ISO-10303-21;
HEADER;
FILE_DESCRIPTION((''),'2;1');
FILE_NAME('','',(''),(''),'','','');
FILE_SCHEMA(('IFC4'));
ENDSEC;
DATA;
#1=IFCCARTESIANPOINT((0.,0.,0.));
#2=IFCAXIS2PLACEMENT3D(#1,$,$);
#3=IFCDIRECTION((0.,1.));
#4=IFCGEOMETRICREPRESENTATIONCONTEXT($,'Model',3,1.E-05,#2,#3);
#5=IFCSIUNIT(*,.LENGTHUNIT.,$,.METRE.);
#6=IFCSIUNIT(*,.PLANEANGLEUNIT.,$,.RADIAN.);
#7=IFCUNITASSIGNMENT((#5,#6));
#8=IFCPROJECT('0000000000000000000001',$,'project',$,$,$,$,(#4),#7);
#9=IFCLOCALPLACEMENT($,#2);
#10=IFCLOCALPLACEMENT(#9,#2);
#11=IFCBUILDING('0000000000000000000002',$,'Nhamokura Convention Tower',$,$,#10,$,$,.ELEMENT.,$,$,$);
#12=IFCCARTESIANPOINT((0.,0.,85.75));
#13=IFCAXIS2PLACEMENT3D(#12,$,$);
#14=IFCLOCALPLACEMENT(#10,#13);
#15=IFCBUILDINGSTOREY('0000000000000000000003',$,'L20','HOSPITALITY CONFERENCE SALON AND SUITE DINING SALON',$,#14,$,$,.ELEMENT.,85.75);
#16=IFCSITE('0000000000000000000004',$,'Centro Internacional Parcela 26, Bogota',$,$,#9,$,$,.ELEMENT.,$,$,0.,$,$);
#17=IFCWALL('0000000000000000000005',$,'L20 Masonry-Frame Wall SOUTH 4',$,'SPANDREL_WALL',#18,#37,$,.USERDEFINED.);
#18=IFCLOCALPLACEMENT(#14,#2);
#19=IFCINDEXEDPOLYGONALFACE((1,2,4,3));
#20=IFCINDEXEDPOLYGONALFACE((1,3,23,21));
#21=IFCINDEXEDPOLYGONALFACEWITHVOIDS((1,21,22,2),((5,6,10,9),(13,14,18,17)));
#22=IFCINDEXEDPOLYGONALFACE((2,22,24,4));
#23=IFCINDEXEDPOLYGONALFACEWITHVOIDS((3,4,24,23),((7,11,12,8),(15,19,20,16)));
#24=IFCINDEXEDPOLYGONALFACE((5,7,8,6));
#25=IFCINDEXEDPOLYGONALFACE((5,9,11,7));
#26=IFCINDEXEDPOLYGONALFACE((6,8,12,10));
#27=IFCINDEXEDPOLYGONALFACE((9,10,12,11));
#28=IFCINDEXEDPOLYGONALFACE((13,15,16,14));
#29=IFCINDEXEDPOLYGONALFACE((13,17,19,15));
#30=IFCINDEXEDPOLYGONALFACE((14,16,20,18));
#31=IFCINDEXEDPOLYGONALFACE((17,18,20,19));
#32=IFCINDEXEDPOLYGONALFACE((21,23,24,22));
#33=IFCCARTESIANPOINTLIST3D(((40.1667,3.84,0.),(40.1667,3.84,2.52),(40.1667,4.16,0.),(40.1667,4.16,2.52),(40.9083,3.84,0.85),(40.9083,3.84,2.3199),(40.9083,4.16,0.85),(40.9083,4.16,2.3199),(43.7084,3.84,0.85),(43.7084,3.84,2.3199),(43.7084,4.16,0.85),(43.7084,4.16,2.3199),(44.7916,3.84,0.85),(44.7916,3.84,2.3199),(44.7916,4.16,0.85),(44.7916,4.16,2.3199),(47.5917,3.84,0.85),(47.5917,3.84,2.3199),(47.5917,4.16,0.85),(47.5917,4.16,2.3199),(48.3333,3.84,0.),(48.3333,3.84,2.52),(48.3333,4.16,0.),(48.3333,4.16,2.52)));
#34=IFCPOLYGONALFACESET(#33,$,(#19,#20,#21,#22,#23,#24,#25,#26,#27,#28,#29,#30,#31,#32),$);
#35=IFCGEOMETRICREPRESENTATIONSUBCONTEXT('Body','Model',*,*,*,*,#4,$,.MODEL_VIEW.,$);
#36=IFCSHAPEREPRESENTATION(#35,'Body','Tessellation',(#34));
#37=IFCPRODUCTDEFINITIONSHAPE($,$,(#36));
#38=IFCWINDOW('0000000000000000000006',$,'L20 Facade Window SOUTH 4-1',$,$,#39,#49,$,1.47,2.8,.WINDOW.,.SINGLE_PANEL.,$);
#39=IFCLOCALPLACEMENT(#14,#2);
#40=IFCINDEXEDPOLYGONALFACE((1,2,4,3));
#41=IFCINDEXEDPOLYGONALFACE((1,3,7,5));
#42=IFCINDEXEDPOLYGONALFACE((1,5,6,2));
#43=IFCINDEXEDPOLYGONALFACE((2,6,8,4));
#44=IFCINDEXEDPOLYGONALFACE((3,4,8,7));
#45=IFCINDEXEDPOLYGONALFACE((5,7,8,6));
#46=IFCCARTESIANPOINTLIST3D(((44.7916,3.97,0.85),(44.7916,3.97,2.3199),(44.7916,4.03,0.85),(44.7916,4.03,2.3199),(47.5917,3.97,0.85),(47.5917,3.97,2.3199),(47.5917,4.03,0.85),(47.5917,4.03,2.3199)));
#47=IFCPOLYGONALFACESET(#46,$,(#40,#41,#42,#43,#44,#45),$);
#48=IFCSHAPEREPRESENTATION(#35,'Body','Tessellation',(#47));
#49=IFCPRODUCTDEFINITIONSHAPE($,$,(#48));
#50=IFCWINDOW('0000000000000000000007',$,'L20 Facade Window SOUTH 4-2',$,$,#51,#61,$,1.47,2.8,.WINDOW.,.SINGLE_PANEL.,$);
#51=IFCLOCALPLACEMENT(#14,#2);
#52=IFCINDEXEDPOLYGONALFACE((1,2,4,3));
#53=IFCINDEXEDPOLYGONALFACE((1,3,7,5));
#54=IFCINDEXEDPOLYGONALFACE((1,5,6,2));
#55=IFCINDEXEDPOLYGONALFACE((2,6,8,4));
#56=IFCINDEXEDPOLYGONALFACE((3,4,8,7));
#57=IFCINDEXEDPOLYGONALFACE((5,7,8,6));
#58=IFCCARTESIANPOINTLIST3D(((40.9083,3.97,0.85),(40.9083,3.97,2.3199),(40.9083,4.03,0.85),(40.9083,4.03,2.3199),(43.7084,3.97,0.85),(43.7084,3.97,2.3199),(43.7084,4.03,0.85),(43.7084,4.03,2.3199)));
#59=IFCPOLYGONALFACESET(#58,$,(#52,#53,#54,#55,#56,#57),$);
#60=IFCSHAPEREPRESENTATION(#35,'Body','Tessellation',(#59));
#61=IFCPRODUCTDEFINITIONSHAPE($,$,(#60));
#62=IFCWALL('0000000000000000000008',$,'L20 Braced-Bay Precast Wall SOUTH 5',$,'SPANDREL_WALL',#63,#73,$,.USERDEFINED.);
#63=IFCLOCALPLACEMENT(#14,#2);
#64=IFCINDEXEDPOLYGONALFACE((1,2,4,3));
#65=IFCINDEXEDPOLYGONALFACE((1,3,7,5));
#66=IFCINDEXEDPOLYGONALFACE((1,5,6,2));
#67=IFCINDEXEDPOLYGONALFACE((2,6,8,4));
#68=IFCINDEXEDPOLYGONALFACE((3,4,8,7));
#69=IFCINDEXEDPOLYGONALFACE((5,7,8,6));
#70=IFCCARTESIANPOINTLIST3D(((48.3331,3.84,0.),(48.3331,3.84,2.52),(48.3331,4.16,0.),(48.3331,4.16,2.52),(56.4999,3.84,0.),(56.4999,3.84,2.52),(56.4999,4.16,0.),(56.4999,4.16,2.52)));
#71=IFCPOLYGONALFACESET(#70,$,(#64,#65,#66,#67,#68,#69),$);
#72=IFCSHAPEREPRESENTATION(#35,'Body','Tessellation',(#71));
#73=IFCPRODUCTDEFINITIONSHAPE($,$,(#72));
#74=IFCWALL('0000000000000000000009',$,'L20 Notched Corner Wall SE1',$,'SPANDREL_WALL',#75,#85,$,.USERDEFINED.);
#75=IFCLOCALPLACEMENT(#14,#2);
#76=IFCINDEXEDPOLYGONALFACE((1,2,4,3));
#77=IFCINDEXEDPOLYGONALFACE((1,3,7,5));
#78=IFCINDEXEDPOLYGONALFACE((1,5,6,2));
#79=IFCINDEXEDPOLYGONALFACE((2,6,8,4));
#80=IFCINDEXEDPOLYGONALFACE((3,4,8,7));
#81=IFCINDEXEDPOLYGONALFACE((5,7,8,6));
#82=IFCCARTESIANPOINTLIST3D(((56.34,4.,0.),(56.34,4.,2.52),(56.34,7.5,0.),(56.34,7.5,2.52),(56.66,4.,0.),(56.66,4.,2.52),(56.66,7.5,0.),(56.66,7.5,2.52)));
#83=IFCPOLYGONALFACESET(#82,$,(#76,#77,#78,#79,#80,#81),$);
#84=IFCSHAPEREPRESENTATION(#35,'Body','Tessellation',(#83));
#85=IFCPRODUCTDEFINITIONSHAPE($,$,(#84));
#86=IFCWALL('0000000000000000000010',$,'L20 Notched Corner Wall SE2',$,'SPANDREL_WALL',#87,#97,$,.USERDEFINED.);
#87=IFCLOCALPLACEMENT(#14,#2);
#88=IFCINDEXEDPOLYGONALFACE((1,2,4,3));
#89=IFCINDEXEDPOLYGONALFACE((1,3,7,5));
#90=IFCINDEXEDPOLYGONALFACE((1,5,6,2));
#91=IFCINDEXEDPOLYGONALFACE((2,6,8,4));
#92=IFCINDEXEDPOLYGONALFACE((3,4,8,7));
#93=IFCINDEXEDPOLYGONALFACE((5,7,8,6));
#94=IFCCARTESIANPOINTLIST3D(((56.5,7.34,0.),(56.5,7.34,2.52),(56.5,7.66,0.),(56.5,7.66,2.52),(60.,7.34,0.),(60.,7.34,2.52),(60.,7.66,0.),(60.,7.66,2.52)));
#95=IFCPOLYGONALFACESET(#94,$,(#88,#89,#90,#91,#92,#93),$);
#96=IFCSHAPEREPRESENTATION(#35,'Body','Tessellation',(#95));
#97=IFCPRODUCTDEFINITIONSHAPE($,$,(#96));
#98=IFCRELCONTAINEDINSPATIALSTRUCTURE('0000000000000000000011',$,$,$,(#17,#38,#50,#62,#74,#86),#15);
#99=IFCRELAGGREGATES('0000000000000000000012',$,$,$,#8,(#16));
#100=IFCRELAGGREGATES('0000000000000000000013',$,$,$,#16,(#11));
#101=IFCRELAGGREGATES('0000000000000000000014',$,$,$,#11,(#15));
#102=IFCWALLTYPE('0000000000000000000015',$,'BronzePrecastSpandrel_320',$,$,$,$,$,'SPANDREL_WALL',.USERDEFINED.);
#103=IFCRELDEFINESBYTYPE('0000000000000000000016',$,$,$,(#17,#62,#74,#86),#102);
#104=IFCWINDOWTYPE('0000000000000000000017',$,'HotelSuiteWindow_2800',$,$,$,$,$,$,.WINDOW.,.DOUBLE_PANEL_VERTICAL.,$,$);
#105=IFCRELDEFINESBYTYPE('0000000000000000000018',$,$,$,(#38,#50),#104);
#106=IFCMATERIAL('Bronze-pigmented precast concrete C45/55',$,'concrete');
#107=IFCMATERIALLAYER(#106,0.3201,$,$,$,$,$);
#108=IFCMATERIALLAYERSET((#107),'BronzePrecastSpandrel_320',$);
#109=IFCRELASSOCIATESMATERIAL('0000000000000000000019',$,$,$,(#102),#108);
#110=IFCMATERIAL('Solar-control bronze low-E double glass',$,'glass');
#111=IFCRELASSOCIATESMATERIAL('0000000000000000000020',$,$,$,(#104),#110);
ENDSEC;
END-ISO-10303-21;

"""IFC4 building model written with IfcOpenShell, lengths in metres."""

from ifc_helpers import new_model, si_unit, direction, frame, frame_2d, origin, place, context, subcontext, project, spatial, rectangle, extrude, material, layer, layer_set, type_object, element, fill, save


model = new_model("IFC4")

# Units and contexts
model_context = context("Model", 3, precision=1e-05, world=origin(), true_north=direction((0.0, 1.0)))
body_context = subcontext(model_context, "Body", "Model", "MODEL_VIEW")
ifc_project = project(units=[si_unit("LENGTHUNIT", "METRE"), si_unit("PLANEANGLEUNIT", "RADIAN")], contexts=[model_context])

# Site, building, storey
site_placement = place(None, origin())
site = spatial("IfcSite", under=ifc_project, at=site_placement, Name="Centro Internacional Parcela 26, Bogota", CompositionType="ELEMENT", RefElevation=0.0)
building_placement = place(site_placement, origin())
building = spatial("IfcBuilding", under=site, at=building_placement, Name="Nhamokura Convention Tower", CompositionType="ELEMENT")
storey_placement = place(building_placement, frame((0.0, 0.0, 85.75)))
storey = spatial("IfcBuildingStorey", under=building, at=storey_placement, Name="L20", Description="HOSPITALITY CONFERENCE SALON AND SUITE DINING SALON", CompositionType="ELEMENT", Elevation=85.75)

# Wall, openings, windows
ifc_material_1 = material(Name="Bronze-pigmented precast concrete C45/55", Category="concrete")
ifc_layer = layer(ifc_material_1, 0.3201)
ifc_layer_set = layer_set([ifc_layer], Name="BronzePrecastSpandrel_320")
wall_type = type_object("IfcWallType", Name="BronzePrecastSpandrel_320", ElementType="SPANDREL_WALL", PredefinedType="USERDEFINED", material=ifc_layer_set)
wall_1_placement = place(storey_placement, frame((48.3333, 4.0, 0.0), z_axis=(0.0, 0.0, 1.0), x_axis=(-1.0, 0.0, 0.0)))
wall_1 = element("IfcWall", 1, at=wall_1_placement, inside=storey, type_object=wall_type, Name="L20 Masonry-Frame Wall SOUTH 4", ObjectType="SPANDREL_WALL", PredefinedType="USERDEFINED", context=body_context, shape_type="SweptSolid", body=[
    extrude(rectangle(XDim=8.1665, YDim=0.3201, at=frame_2d((4.0833, 0.0))), origin(), (0.0, 0.0, 1.0), 2.52),
])
opening_1_placement = place(wall_1_placement, frame((0.7417, 0.0, 0.8501)))
opening_1 = element("IfcOpeningElement", 2, at=opening_1_placement, cuts=wall_1, PredefinedType="OPENING", context=body_context, shape_type="SweptSolid", body=[
    extrude(rectangle(XDim=2.8, YDim=1.47, at=frame_2d((1.3999, 0.7349))), frame((0.0, 0.1699, 0.0), z_axis=(0.0, -1.0, 0.0), x_axis=(1.0, 0.0, 0.0)), (0.0, 0.0, 1.0), 0.3401),
])
opening_2_placement = place(wall_1_placement, frame((4.625, 0.0, 0.8501)))
opening_2 = element("IfcOpeningElement", 3, at=opening_2_placement, cuts=wall_1, PredefinedType="OPENING", context=body_context, shape_type="SweptSolid", body=[
    extrude(rectangle(XDim=2.8, YDim=1.47, at=frame_2d((1.3999, 0.7349))), frame((0.0, 0.1699, 0.0), z_axis=(0.0, -1.0, 0.0), x_axis=(1.0, 0.0, 0.0)), (0.0, 0.0, 1.0), 0.3401),
])
ifc_material_2 = material(Name="Solar-control bronze low-E double glass", Category="glass")
window_type = type_object("IfcWindowType", Name="HotelSuiteWindow_2800", PartitioningType="DOUBLE_PANEL_VERTICAL", PredefinedType="WINDOW", material=ifc_material_2)
window_1_placement = place(opening_1_placement, origin())
window_1 = element("IfcWindow", 4, at=window_1_placement, inside=storey, type_object=window_type, Name="L20 Facade Window SOUTH 4-1", OverallHeight=1.47, OverallWidth=2.8, PartitioningType="SINGLE_PANEL", PredefinedType="WINDOW", context=body_context, shape_type="SweptSolid", body=[
    extrude(rectangle(XDim=2.8, YDim=1.47, at=frame_2d((1.3999, 0.7349))), frame((0.0, 0.03, 0.0), z_axis=(0.0, -1.0, 0.0), x_axis=(1.0, 0.0, 0.0)), (0.0, 0.0, 1.0), 0.0601),
])
fill(opening_1, window_1)
window_2_placement = place(opening_2_placement, origin())
window_2 = element("IfcWindow", 5, at=window_2_placement, inside=storey, type_object=window_type, Name="L20 Facade Window SOUTH 4-2", OverallHeight=1.47, OverallWidth=2.8, PartitioningType="SINGLE_PANEL", PredefinedType="WINDOW", context=body_context, shape_type="SweptSolid", body=[
    extrude(rectangle(XDim=2.8, YDim=1.47, at=frame_2d((1.3999, 0.7349))), frame((0.0, 0.03, 0.0), z_axis=(0.0, -1.0, 0.0), x_axis=(1.0, 0.0, 0.0)), (0.0, 0.0, 1.0), 0.0601),
])
fill(opening_2, window_2)

# Walls
wall_2_placement = place(storey_placement, frame((56.5, 4.0, 0.0), z_axis=(0.0, 0.0, 1.0), x_axis=(-1.0, 0.0, 0.0)))
element("IfcWall", 6, at=wall_2_placement, inside=storey, type_object=wall_type, Name="L20 Braced-Bay Precast Wall SOUTH 5", ObjectType="SPANDREL_WALL", PredefinedType="USERDEFINED", context=body_context, shape_type="SweptSolid", body=[
    extrude(rectangle(XDim=8.1667, YDim=0.3201, at=frame_2d((4.0835, 0.0))), origin(), (0.0, 0.0, 1.0), 2.52),
])
for number, where, z_axis, x_axis, name in (
    (7, (56.5, 7.5, 0.0), (0.0, 0.0, 1.0), (0.0, -1.0, 0.0), "L20 Notched Corner Wall SE1"),
    (8, (60.0, 7.5, 0.0), (0.0, 0.0, 1.0), (-1.0, 0.0, 0.0), "L20 Notched Corner Wall SE2"),
):
    element("IfcWall", number, at=place(storey_placement, frame(where, z_axis=z_axis, x_axis=x_axis)), inside=storey, type_object=wall_type, Name=name, ObjectType="SPANDREL_WALL", PredefinedType="USERDEFINED", context=body_context, shape_type="SweptSolid", body=[
        extrude(rectangle(XDim=3.5, YDim=0.3201, at=frame_2d((1.75, 0.0))), origin(), (0.0, 0.0, 1.0), 2.52),
    ])

save(model, "model.ifc")
